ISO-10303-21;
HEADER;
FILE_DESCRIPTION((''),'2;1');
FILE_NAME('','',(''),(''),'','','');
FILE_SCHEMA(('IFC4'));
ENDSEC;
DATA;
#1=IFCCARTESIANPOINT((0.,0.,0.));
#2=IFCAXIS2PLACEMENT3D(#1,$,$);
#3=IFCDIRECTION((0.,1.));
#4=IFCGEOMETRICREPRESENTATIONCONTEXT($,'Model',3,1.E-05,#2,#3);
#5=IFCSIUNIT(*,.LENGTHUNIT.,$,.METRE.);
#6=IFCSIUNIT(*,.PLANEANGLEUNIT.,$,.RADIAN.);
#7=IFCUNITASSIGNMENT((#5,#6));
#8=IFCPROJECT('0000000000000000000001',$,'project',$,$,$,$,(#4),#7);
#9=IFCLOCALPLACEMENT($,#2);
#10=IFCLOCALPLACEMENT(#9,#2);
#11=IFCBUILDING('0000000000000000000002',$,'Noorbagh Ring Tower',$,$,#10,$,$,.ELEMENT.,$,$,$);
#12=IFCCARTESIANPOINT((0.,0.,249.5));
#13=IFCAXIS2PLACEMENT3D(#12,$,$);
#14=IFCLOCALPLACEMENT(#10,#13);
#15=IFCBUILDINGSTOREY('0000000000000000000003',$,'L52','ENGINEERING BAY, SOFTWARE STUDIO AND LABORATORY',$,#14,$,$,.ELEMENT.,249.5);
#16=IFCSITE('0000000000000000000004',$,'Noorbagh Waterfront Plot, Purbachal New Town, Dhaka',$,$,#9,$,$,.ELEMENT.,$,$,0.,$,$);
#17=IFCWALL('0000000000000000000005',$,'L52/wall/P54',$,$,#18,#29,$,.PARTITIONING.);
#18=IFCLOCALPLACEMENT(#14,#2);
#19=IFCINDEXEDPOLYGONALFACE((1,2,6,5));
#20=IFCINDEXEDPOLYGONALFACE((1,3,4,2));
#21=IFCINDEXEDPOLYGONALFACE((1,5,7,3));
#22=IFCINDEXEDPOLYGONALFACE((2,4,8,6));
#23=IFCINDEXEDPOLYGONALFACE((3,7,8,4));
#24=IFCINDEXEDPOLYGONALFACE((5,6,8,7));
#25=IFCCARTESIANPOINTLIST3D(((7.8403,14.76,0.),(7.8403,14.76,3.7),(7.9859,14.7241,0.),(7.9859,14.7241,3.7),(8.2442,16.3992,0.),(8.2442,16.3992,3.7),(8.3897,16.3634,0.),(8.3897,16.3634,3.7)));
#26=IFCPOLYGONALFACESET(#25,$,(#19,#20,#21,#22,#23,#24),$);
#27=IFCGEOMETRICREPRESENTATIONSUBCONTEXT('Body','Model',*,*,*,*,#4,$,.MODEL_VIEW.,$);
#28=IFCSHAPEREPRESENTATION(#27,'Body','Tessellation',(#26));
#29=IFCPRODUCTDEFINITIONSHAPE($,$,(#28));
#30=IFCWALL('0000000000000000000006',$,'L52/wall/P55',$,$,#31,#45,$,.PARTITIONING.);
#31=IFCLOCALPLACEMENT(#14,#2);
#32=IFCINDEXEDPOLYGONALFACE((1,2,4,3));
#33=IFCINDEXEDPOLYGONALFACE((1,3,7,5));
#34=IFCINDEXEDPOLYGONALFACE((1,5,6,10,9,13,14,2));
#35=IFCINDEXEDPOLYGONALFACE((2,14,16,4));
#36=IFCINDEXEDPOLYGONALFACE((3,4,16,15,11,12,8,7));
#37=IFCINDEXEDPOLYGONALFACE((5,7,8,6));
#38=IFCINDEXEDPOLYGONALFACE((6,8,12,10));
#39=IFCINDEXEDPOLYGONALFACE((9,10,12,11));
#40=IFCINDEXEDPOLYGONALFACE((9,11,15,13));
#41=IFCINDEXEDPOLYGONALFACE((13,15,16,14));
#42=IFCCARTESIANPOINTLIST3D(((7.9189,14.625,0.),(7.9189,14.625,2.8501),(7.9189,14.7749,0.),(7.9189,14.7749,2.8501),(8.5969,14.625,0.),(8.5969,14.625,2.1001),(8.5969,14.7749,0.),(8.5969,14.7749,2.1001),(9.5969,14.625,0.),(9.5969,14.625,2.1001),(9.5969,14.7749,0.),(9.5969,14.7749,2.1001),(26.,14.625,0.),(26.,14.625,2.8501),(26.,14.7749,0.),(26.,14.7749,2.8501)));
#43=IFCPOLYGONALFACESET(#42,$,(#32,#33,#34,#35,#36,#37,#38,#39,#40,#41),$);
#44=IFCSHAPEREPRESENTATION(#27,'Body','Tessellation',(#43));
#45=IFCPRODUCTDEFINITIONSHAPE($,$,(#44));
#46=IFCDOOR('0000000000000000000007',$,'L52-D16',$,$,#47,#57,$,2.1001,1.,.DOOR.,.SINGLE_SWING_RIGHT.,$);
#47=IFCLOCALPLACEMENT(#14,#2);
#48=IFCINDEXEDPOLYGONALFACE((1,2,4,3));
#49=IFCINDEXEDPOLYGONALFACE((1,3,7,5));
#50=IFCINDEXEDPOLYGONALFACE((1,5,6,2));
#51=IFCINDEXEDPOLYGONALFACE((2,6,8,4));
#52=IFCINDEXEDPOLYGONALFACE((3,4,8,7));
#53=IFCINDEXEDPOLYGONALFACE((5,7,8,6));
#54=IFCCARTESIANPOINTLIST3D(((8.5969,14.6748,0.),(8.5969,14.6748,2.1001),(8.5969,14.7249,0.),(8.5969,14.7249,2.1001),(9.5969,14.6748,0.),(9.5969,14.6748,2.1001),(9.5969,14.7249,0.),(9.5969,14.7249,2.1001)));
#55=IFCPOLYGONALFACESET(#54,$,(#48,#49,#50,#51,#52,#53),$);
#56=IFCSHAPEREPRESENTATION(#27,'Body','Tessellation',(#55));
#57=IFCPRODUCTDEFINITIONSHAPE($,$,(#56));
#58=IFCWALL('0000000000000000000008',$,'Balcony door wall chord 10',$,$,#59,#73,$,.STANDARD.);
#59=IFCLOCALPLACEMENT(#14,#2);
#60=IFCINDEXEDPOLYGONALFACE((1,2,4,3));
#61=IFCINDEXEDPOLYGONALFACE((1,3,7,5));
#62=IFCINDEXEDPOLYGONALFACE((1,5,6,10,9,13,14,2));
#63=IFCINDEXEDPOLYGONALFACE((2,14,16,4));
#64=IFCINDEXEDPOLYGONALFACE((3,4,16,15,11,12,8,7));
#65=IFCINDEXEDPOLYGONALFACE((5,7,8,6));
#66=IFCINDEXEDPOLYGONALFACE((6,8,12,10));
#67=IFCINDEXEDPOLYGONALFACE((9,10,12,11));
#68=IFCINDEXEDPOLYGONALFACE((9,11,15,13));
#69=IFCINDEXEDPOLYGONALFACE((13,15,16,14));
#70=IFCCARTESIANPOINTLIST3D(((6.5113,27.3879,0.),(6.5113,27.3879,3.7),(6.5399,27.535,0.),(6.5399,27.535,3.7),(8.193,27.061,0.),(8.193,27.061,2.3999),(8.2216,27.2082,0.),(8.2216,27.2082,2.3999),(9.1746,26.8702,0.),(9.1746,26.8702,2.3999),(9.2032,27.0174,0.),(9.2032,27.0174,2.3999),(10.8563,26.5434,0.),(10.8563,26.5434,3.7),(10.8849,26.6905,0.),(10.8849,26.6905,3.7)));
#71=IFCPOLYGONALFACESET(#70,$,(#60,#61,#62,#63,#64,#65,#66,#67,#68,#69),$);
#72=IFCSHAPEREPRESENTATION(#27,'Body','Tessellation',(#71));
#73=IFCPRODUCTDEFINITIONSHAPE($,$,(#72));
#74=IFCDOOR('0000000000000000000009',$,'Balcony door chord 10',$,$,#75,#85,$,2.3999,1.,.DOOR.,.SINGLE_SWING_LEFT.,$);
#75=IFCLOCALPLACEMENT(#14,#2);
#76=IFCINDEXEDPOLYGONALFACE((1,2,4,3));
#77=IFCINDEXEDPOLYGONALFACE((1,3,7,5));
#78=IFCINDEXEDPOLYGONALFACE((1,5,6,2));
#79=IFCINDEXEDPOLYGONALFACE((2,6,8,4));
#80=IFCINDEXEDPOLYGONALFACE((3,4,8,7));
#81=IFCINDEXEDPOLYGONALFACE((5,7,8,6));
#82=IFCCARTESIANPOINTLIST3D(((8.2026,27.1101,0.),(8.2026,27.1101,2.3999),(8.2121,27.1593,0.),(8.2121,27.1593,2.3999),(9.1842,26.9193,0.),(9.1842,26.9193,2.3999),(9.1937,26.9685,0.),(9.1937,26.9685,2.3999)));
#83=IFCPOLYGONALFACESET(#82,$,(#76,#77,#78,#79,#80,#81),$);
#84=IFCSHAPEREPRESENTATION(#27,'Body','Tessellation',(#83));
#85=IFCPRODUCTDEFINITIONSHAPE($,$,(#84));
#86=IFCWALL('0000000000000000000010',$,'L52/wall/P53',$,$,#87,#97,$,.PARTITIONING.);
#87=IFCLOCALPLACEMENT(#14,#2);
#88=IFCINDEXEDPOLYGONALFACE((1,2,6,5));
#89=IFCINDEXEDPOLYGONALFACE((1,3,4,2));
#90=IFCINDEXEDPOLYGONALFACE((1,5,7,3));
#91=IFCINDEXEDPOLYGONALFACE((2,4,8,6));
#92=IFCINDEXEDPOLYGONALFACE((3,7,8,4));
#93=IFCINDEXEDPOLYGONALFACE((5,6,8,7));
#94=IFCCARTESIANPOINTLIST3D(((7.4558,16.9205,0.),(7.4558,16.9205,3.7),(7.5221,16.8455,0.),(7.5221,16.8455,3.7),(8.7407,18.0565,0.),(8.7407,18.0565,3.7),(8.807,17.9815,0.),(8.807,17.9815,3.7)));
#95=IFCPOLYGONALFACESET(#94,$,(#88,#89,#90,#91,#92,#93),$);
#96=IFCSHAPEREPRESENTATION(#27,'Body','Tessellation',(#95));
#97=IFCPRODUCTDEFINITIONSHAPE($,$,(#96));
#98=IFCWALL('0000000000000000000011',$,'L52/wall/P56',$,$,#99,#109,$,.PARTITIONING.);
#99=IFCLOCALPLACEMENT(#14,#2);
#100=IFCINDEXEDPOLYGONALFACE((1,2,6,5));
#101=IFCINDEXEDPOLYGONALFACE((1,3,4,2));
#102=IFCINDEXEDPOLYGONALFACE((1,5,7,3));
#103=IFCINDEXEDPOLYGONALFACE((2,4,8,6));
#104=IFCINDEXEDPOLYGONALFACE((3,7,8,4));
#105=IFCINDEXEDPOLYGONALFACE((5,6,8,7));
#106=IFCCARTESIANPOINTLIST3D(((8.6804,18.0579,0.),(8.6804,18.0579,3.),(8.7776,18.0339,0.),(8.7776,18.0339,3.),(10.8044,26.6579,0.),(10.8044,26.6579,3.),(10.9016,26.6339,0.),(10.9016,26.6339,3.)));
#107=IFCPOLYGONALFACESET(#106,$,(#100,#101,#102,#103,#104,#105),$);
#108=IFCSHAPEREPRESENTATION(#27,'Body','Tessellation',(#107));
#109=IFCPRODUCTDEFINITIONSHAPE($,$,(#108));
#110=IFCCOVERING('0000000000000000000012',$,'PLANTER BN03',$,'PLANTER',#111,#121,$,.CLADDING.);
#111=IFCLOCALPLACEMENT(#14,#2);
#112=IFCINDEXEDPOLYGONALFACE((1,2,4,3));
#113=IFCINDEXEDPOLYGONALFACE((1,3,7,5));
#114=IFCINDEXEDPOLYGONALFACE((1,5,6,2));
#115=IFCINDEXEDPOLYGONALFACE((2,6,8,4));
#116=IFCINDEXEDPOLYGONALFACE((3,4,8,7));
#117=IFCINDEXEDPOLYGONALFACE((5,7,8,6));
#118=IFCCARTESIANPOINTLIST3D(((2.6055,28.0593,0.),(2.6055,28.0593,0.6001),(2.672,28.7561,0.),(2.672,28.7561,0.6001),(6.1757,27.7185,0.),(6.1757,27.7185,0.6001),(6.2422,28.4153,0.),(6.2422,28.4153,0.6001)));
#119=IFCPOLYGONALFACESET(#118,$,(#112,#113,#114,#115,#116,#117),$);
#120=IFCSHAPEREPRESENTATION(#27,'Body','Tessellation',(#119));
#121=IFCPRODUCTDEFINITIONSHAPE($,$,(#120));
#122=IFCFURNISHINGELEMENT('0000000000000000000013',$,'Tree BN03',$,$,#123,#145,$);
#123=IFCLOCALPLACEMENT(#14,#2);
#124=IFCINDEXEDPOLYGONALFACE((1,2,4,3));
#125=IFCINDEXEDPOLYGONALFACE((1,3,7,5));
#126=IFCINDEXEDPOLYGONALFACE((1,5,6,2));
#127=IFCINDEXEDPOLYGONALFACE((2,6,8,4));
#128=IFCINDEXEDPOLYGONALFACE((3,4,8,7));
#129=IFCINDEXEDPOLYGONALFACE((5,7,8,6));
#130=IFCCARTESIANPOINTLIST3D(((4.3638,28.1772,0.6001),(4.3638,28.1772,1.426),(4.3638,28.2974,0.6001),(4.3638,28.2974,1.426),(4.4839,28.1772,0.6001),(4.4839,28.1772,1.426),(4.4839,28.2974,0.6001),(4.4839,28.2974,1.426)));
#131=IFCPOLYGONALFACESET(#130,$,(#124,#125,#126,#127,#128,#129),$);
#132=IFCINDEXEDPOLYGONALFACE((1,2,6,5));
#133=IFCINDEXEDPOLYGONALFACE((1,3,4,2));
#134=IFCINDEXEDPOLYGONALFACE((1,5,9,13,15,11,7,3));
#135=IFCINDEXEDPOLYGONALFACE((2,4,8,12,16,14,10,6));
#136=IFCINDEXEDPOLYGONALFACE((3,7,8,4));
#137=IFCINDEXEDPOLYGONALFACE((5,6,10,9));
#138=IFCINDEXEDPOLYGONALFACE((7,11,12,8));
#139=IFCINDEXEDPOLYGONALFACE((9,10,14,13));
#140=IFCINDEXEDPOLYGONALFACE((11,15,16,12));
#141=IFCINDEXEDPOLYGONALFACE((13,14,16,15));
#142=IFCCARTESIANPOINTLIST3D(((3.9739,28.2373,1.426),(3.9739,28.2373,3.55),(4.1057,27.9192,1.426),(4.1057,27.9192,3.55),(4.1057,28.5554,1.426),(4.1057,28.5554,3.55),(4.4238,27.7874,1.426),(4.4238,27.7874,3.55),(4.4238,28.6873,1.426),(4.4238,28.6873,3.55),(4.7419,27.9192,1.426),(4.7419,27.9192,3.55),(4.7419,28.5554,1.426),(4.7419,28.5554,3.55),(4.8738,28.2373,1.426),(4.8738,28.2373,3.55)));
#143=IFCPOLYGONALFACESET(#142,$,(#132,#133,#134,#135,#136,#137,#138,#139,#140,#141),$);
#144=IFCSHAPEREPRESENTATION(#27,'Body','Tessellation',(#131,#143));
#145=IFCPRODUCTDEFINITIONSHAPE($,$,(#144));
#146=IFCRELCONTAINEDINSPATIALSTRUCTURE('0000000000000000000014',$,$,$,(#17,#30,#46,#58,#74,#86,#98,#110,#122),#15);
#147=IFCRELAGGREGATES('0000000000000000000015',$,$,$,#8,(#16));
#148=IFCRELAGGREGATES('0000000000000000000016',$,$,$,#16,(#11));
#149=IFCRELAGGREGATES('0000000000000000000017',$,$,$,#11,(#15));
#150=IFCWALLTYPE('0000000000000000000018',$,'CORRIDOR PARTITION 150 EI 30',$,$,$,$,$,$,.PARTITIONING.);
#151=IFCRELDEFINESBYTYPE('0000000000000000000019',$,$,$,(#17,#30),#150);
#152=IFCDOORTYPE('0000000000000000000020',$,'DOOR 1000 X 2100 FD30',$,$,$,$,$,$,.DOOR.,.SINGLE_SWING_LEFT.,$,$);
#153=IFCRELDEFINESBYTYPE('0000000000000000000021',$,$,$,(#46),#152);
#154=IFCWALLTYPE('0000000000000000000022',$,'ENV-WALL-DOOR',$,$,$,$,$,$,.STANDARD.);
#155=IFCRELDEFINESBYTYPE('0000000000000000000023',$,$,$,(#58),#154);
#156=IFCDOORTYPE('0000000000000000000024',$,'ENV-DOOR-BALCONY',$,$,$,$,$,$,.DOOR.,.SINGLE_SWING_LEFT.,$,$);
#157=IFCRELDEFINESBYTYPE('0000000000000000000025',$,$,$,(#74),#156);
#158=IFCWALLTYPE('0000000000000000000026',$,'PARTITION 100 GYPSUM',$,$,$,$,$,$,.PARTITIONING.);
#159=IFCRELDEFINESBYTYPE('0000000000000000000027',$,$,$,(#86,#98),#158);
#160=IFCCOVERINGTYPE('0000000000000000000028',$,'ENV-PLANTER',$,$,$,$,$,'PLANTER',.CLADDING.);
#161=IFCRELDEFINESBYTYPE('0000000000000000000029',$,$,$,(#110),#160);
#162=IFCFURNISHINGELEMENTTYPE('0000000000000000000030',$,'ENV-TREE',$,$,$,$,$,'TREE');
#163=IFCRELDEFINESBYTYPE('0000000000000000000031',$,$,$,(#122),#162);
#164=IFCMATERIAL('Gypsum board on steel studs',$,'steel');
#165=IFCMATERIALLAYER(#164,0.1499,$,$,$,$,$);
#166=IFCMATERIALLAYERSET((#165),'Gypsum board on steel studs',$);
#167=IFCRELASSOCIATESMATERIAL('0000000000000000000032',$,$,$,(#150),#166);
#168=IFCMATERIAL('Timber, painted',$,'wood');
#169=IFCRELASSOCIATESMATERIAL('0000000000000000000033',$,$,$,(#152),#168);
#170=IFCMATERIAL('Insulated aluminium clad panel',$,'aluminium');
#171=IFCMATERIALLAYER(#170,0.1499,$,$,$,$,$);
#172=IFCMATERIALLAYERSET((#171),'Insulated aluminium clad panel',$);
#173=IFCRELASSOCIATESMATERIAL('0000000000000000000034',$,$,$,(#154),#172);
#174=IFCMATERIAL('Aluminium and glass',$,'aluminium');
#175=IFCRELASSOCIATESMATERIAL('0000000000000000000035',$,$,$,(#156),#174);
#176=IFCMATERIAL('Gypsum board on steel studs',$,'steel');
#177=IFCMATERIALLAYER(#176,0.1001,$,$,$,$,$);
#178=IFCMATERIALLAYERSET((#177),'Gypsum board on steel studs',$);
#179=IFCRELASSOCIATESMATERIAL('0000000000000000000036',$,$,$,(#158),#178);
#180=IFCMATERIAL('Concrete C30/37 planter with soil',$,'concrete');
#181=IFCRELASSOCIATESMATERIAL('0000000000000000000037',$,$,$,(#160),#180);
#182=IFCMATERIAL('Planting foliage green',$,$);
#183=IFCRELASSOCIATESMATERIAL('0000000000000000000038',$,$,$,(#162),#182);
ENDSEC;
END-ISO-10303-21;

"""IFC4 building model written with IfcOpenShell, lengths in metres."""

from ifc_helpers import new_model, si_unit, direction, frame, frame_2d, origin, origin_2d, place, context, subcontext, project, spatial, polyline, rectangle, outline, extrude, material, layer, layer_set, type_object, element, fill, save


model = new_model("IFC4")

# Units and contexts
model_context = context("Model", 3, precision=1e-05, world=origin(), true_north=direction((0.0, 1.0)))
body_context = subcontext(model_context, "Body", "Model", "MODEL_VIEW")
ifc_project = project(units=[si_unit("LENGTHUNIT", "METRE"), si_unit("PLANEANGLEUNIT", "RADIAN")], contexts=[model_context])

# Site, building, storey
site_placement = place(None, origin())
site = spatial("IfcSite", under=ifc_project, at=site_placement, Name="Noorbagh Waterfront Plot, Purbachal New Town, Dhaka", CompositionType="ELEMENT", RefElevation=0.0)
building_placement = place(site_placement, origin())
building = spatial("IfcBuilding", under=site, at=building_placement, Name="Noorbagh Ring Tower", CompositionType="ELEMENT")
storey_placement = place(building_placement, frame((0.0, 0.0, 249.5)))
storey = spatial("IfcBuildingStorey", under=building, at=storey_placement, Name="L52", Description="ENGINEERING BAY, SOFTWARE STUDIO AND LABORATORY", CompositionType="ELEMENT", Elevation=249.5)

# Wall
ifc_material_1 = material(Name="Gypsum board on steel studs", Category="steel")
ifc_layer_1 = layer(ifc_material_1, 0.1499)
ifc_layer_set_1 = layer_set([ifc_layer_1], Name="Gypsum board on steel studs")
wall_type_1 = type_object("IfcWallType", Name="CORRIDOR PARTITION 150 EI 30", PredefinedType="PARTITIONING", material=ifc_layer_set_1)
wall_1_placement = place(storey_placement, frame((7.9131, 14.7419, 0.0), z_axis=(0.0, 0.0, 1.0), x_axis=(0.239199, 0.97097, 0.0)))
element("IfcWall", 1, at=wall_1_placement, inside=storey, type_object=wall_type_1, Name="L52/wall/P54", PredefinedType="PARTITIONING", context=body_context, shape_type="SweptSolid", body=[
    extrude(rectangle(XDim=1.6882, YDim=0.1499, at=frame_2d((0.8442, 0.0))), origin(), (0.0, 0.0, 1.0), 3.7),
])

# Walls, openings, doors
wall_2_placement = place(storey_placement, frame((7.9189, 14.7, 0.0), z_axis=(0.0, 0.0, 1.0), x_axis=(1.0, 0.0, 0.0)))
wall_2 = element("IfcWall", 2, at=wall_2_placement, inside=storey, type_object=wall_type_1, Name="L52/wall/P55", PredefinedType="PARTITIONING", context=body_context, shape_type="SweptSolid", body=[
    extrude(rectangle(XDim=18.0811, YDim=0.1499, at=frame_2d((9.0405, 0.0))), origin(), (0.0, 0.0, 1.0), 2.8501),
])
opening_1_placement = place(wall_2_placement, frame((0.678, 0.0, 0.0)))
opening_1 = element("IfcOpeningElement", 3, at=opening_1_placement, cuts=wall_2, PredefinedType="OPENING", context=body_context, shape_type="SweptSolid", body=[
    extrude(rectangle(XDim=1.0, YDim=2.1001, at=frame_2d((0.5, 1.05))), frame((0.0, 0.085, 0.0), z_axis=(0.0, -1.0, 0.0), x_axis=(1.0, 0.0, 0.0)), (0.0, 0.0, 1.0), 0.1699),
])
ifc_material_2 = material(Name="Timber, painted", Category="wood")
door_type_1 = type_object("IfcDoorType", Name="DOOR 1000 X 2100 FD30", OperationType="SINGLE_SWING_LEFT", PredefinedType="DOOR", material=ifc_material_2)
door_1_placement = place(opening_1_placement, origin())
door_1 = element("IfcDoor", 4, at=door_1_placement, inside=storey, type_object=door_type_1, Name="L52-D16", OperationType="SINGLE_SWING_RIGHT", OverallHeight=2.1001, OverallWidth=1.0, PredefinedType="DOOR", context=body_context, shape_type="SweptSolid", body=[
    extrude(rectangle(XDim=1.0, YDim=2.1001, at=frame_2d((0.5, 1.05))), frame((0.0, 0.0249, 0.0), z_axis=(0.0, -1.0, 0.0), x_axis=(1.0, 0.0, 0.0)), (0.0, 0.0, 1.0), 0.05),
])
fill(opening_1, door_1)
ifc_material_3 = material(Name="Insulated aluminium clad panel", Category="aluminium")
ifc_layer_2 = layer(ifc_material_3, 0.1499)
ifc_layer_set_2 = layer_set([ifc_layer_2], Name="Insulated aluminium clad panel")
wall_type_2 = type_object("IfcWallType", Name="ENV-WALL-DOOR", PredefinedType="STANDARD", material=ifc_layer_set_2)
wall_3_placement = place(storey_placement, frame((10.8706, 26.6169, 0.0), z_axis=(0.0, 0.0, 1.0), x_axis=(-0.981631, 0.190788, 0.0)))
wall_3 = element("IfcWall", 5, at=wall_3_placement, inside=storey, type_object=wall_type_2, Name="Balcony door wall chord 10", PredefinedType="STANDARD", context=body_context, shape_type="SweptSolid", body=[
    extrude(rectangle(XDim=4.4263, YDim=0.1499, at=frame_2d((2.2131, 0.0))), origin(), (0.0, 0.0, 1.0), 3.7),
])
opening_2_placement = place(wall_3_placement, frame((1.7131, 0.0, 0.0)))
opening_2 = element("IfcOpeningElement", 6, at=opening_2_placement, cuts=wall_3, PredefinedType="OPENING", context=body_context, shape_type="SweptSolid", body=[
    extrude(rectangle(XDim=1.0, YDim=2.3999, at=frame_2d((0.5, 1.2))), frame((0.0, 0.085, 0.0), z_axis=(0.0, -1.0, 0.0), x_axis=(1.0, 0.0, 0.0)), (0.0, 0.0, 1.0), 0.1699),
])
ifc_material_4 = material(Name="Aluminium and glass", Category="aluminium")
door_type_2 = type_object("IfcDoorType", Name="ENV-DOOR-BALCONY", OperationType="SINGLE_SWING_LEFT", PredefinedType="DOOR", material=ifc_material_4)
door_2_placement = place(opening_2_placement, origin())
door_2 = element("IfcDoor", 7, at=door_2_placement, inside=storey, type_object=door_type_2, Name="Balcony door chord 10", OperationType="SINGLE_SWING_LEFT", OverallHeight=2.3999, OverallWidth=1.0, PredefinedType="DOOR", context=body_context, shape_type="SweptSolid", body=[
    extrude(rectangle(XDim=1.0, YDim=2.3999, at=frame_2d((0.5, 1.2))), frame((0.0, 0.0249, 0.0), z_axis=(0.0, -1.0, 0.0), x_axis=(1.0, 0.0, 0.0)), (0.0, 0.0, 1.0), 0.05),
])
fill(opening_2, door_2)

# Walls
ifc_material_5 = material(Name="Gypsum board on steel studs", Category="steel")
ifc_layer_3 = layer(ifc_material_5, 0.1001)
ifc_layer_set_3 = layer_set([ifc_layer_3], Name="Gypsum board on steel studs")
wall_type_3 = type_object("IfcWallType", Name="PARTITION 100 GYPSUM", PredefinedType="PARTITIONING", material=ifc_layer_set_3)
wall_4_placement = place(storey_placement, frame((7.489, 16.8831, 0.0), z_axis=(0.0, 0.0, 1.0), x_axis=(0.749189, 0.662356, 0.0)))
element("IfcWall", 8, at=wall_4_placement, inside=storey, type_object=wall_type_3, Name="L52/wall/P53", PredefinedType="PARTITIONING", context=body_context, shape_type="SweptSolid", body=[
    extrude(rectangle(XDim=1.7151, YDim=0.1001, at=frame_2d((0.8574, 0.0))), origin(), (0.0, 0.0, 1.0), 3.7),
])
wall_5_placement = place(storey_placement, frame((8.729, 18.0459, 0.0), z_axis=(0.0, 0.0, 1.0), x_axis=(0.239772, 0.970829, 0.0)))
element("IfcWall", 9, at=wall_5_placement, inside=storey, type_object=wall_type_3, Name="L52/wall/P56", PredefinedType="PARTITIONING", context=body_context, shape_type="SweptSolid", body=[
    extrude(rectangle(XDim=8.8584, YDim=0.1001, at=frame_2d((4.4292, 0.0))), origin(), (0.0, 0.0, 1.0), 3.0),
])

# Covering
ifc_material_6 = material(Name="Concrete C30/37 planter with soil", Category="concrete")
covering_type = type_object("IfcCoveringType", Name="ENV-PLANTER", ElementType="PLANTER", PredefinedType="CLADDING", material=ifc_material_6)
covering_placement = place(storey_placement, frame((4.4238, 28.2373, 0.0), z_axis=(0.0, 0.0, 1.0), x_axis=(-0.995476, 0.095008, 0.0)))
element("IfcCovering", 10, at=covering_placement, inside=storey, type_object=covering_type, Name="PLANTER BN03", ObjectType="PLANTER", PredefinedType="CLADDING", context=body_context, shape_type="SweptSolid", body=[
    extrude(rectangle(XDim=3.5864, YDim=0.7, at=origin_2d()), origin(), (0.0, 0.0, 1.0), 0.6001),
])

# Furnishing element
ifc_material_7 = material(Name="Planting foliage green")
furnishing_element_type = type_object("IfcFurnishingElementType", Name="ENV-TREE", ElementType="TREE", material=ifc_material_7)
furnishing_placement = place(storey_placement, frame((4.4238, 28.2373, 0.6001), z_axis=(0.0, 0.0, 1.0), x_axis=(1.0, 0.0, 0.0)))
element("IfcFurnishingElement", 11, at=furnishing_placement, inside=storey, type_object=furnishing_element_type, Name="Tree BN03", context=body_context, shape_type="SweptSolid", body=[
    extrude(rectangle(XDim=0.1201, YDim=0.1201, at=origin_2d()), origin(), (0.0, 0.0, 1.0), 0.8259),
    extrude(outline(polyline([(0.45, 0.0), (0.3181, 0.3181), (0.0, 0.45), (-0.3181, 0.3181), (-0.45, 0.0), (-0.3181, -0.3181), (0.0, -0.45), (0.3181, -0.3181), (0.45, 0.0)])), frame((0.0, 0.0, 0.8259)), (0.0, 0.0, 1.0), 2.124),
])

save(model, "model.ifc")
